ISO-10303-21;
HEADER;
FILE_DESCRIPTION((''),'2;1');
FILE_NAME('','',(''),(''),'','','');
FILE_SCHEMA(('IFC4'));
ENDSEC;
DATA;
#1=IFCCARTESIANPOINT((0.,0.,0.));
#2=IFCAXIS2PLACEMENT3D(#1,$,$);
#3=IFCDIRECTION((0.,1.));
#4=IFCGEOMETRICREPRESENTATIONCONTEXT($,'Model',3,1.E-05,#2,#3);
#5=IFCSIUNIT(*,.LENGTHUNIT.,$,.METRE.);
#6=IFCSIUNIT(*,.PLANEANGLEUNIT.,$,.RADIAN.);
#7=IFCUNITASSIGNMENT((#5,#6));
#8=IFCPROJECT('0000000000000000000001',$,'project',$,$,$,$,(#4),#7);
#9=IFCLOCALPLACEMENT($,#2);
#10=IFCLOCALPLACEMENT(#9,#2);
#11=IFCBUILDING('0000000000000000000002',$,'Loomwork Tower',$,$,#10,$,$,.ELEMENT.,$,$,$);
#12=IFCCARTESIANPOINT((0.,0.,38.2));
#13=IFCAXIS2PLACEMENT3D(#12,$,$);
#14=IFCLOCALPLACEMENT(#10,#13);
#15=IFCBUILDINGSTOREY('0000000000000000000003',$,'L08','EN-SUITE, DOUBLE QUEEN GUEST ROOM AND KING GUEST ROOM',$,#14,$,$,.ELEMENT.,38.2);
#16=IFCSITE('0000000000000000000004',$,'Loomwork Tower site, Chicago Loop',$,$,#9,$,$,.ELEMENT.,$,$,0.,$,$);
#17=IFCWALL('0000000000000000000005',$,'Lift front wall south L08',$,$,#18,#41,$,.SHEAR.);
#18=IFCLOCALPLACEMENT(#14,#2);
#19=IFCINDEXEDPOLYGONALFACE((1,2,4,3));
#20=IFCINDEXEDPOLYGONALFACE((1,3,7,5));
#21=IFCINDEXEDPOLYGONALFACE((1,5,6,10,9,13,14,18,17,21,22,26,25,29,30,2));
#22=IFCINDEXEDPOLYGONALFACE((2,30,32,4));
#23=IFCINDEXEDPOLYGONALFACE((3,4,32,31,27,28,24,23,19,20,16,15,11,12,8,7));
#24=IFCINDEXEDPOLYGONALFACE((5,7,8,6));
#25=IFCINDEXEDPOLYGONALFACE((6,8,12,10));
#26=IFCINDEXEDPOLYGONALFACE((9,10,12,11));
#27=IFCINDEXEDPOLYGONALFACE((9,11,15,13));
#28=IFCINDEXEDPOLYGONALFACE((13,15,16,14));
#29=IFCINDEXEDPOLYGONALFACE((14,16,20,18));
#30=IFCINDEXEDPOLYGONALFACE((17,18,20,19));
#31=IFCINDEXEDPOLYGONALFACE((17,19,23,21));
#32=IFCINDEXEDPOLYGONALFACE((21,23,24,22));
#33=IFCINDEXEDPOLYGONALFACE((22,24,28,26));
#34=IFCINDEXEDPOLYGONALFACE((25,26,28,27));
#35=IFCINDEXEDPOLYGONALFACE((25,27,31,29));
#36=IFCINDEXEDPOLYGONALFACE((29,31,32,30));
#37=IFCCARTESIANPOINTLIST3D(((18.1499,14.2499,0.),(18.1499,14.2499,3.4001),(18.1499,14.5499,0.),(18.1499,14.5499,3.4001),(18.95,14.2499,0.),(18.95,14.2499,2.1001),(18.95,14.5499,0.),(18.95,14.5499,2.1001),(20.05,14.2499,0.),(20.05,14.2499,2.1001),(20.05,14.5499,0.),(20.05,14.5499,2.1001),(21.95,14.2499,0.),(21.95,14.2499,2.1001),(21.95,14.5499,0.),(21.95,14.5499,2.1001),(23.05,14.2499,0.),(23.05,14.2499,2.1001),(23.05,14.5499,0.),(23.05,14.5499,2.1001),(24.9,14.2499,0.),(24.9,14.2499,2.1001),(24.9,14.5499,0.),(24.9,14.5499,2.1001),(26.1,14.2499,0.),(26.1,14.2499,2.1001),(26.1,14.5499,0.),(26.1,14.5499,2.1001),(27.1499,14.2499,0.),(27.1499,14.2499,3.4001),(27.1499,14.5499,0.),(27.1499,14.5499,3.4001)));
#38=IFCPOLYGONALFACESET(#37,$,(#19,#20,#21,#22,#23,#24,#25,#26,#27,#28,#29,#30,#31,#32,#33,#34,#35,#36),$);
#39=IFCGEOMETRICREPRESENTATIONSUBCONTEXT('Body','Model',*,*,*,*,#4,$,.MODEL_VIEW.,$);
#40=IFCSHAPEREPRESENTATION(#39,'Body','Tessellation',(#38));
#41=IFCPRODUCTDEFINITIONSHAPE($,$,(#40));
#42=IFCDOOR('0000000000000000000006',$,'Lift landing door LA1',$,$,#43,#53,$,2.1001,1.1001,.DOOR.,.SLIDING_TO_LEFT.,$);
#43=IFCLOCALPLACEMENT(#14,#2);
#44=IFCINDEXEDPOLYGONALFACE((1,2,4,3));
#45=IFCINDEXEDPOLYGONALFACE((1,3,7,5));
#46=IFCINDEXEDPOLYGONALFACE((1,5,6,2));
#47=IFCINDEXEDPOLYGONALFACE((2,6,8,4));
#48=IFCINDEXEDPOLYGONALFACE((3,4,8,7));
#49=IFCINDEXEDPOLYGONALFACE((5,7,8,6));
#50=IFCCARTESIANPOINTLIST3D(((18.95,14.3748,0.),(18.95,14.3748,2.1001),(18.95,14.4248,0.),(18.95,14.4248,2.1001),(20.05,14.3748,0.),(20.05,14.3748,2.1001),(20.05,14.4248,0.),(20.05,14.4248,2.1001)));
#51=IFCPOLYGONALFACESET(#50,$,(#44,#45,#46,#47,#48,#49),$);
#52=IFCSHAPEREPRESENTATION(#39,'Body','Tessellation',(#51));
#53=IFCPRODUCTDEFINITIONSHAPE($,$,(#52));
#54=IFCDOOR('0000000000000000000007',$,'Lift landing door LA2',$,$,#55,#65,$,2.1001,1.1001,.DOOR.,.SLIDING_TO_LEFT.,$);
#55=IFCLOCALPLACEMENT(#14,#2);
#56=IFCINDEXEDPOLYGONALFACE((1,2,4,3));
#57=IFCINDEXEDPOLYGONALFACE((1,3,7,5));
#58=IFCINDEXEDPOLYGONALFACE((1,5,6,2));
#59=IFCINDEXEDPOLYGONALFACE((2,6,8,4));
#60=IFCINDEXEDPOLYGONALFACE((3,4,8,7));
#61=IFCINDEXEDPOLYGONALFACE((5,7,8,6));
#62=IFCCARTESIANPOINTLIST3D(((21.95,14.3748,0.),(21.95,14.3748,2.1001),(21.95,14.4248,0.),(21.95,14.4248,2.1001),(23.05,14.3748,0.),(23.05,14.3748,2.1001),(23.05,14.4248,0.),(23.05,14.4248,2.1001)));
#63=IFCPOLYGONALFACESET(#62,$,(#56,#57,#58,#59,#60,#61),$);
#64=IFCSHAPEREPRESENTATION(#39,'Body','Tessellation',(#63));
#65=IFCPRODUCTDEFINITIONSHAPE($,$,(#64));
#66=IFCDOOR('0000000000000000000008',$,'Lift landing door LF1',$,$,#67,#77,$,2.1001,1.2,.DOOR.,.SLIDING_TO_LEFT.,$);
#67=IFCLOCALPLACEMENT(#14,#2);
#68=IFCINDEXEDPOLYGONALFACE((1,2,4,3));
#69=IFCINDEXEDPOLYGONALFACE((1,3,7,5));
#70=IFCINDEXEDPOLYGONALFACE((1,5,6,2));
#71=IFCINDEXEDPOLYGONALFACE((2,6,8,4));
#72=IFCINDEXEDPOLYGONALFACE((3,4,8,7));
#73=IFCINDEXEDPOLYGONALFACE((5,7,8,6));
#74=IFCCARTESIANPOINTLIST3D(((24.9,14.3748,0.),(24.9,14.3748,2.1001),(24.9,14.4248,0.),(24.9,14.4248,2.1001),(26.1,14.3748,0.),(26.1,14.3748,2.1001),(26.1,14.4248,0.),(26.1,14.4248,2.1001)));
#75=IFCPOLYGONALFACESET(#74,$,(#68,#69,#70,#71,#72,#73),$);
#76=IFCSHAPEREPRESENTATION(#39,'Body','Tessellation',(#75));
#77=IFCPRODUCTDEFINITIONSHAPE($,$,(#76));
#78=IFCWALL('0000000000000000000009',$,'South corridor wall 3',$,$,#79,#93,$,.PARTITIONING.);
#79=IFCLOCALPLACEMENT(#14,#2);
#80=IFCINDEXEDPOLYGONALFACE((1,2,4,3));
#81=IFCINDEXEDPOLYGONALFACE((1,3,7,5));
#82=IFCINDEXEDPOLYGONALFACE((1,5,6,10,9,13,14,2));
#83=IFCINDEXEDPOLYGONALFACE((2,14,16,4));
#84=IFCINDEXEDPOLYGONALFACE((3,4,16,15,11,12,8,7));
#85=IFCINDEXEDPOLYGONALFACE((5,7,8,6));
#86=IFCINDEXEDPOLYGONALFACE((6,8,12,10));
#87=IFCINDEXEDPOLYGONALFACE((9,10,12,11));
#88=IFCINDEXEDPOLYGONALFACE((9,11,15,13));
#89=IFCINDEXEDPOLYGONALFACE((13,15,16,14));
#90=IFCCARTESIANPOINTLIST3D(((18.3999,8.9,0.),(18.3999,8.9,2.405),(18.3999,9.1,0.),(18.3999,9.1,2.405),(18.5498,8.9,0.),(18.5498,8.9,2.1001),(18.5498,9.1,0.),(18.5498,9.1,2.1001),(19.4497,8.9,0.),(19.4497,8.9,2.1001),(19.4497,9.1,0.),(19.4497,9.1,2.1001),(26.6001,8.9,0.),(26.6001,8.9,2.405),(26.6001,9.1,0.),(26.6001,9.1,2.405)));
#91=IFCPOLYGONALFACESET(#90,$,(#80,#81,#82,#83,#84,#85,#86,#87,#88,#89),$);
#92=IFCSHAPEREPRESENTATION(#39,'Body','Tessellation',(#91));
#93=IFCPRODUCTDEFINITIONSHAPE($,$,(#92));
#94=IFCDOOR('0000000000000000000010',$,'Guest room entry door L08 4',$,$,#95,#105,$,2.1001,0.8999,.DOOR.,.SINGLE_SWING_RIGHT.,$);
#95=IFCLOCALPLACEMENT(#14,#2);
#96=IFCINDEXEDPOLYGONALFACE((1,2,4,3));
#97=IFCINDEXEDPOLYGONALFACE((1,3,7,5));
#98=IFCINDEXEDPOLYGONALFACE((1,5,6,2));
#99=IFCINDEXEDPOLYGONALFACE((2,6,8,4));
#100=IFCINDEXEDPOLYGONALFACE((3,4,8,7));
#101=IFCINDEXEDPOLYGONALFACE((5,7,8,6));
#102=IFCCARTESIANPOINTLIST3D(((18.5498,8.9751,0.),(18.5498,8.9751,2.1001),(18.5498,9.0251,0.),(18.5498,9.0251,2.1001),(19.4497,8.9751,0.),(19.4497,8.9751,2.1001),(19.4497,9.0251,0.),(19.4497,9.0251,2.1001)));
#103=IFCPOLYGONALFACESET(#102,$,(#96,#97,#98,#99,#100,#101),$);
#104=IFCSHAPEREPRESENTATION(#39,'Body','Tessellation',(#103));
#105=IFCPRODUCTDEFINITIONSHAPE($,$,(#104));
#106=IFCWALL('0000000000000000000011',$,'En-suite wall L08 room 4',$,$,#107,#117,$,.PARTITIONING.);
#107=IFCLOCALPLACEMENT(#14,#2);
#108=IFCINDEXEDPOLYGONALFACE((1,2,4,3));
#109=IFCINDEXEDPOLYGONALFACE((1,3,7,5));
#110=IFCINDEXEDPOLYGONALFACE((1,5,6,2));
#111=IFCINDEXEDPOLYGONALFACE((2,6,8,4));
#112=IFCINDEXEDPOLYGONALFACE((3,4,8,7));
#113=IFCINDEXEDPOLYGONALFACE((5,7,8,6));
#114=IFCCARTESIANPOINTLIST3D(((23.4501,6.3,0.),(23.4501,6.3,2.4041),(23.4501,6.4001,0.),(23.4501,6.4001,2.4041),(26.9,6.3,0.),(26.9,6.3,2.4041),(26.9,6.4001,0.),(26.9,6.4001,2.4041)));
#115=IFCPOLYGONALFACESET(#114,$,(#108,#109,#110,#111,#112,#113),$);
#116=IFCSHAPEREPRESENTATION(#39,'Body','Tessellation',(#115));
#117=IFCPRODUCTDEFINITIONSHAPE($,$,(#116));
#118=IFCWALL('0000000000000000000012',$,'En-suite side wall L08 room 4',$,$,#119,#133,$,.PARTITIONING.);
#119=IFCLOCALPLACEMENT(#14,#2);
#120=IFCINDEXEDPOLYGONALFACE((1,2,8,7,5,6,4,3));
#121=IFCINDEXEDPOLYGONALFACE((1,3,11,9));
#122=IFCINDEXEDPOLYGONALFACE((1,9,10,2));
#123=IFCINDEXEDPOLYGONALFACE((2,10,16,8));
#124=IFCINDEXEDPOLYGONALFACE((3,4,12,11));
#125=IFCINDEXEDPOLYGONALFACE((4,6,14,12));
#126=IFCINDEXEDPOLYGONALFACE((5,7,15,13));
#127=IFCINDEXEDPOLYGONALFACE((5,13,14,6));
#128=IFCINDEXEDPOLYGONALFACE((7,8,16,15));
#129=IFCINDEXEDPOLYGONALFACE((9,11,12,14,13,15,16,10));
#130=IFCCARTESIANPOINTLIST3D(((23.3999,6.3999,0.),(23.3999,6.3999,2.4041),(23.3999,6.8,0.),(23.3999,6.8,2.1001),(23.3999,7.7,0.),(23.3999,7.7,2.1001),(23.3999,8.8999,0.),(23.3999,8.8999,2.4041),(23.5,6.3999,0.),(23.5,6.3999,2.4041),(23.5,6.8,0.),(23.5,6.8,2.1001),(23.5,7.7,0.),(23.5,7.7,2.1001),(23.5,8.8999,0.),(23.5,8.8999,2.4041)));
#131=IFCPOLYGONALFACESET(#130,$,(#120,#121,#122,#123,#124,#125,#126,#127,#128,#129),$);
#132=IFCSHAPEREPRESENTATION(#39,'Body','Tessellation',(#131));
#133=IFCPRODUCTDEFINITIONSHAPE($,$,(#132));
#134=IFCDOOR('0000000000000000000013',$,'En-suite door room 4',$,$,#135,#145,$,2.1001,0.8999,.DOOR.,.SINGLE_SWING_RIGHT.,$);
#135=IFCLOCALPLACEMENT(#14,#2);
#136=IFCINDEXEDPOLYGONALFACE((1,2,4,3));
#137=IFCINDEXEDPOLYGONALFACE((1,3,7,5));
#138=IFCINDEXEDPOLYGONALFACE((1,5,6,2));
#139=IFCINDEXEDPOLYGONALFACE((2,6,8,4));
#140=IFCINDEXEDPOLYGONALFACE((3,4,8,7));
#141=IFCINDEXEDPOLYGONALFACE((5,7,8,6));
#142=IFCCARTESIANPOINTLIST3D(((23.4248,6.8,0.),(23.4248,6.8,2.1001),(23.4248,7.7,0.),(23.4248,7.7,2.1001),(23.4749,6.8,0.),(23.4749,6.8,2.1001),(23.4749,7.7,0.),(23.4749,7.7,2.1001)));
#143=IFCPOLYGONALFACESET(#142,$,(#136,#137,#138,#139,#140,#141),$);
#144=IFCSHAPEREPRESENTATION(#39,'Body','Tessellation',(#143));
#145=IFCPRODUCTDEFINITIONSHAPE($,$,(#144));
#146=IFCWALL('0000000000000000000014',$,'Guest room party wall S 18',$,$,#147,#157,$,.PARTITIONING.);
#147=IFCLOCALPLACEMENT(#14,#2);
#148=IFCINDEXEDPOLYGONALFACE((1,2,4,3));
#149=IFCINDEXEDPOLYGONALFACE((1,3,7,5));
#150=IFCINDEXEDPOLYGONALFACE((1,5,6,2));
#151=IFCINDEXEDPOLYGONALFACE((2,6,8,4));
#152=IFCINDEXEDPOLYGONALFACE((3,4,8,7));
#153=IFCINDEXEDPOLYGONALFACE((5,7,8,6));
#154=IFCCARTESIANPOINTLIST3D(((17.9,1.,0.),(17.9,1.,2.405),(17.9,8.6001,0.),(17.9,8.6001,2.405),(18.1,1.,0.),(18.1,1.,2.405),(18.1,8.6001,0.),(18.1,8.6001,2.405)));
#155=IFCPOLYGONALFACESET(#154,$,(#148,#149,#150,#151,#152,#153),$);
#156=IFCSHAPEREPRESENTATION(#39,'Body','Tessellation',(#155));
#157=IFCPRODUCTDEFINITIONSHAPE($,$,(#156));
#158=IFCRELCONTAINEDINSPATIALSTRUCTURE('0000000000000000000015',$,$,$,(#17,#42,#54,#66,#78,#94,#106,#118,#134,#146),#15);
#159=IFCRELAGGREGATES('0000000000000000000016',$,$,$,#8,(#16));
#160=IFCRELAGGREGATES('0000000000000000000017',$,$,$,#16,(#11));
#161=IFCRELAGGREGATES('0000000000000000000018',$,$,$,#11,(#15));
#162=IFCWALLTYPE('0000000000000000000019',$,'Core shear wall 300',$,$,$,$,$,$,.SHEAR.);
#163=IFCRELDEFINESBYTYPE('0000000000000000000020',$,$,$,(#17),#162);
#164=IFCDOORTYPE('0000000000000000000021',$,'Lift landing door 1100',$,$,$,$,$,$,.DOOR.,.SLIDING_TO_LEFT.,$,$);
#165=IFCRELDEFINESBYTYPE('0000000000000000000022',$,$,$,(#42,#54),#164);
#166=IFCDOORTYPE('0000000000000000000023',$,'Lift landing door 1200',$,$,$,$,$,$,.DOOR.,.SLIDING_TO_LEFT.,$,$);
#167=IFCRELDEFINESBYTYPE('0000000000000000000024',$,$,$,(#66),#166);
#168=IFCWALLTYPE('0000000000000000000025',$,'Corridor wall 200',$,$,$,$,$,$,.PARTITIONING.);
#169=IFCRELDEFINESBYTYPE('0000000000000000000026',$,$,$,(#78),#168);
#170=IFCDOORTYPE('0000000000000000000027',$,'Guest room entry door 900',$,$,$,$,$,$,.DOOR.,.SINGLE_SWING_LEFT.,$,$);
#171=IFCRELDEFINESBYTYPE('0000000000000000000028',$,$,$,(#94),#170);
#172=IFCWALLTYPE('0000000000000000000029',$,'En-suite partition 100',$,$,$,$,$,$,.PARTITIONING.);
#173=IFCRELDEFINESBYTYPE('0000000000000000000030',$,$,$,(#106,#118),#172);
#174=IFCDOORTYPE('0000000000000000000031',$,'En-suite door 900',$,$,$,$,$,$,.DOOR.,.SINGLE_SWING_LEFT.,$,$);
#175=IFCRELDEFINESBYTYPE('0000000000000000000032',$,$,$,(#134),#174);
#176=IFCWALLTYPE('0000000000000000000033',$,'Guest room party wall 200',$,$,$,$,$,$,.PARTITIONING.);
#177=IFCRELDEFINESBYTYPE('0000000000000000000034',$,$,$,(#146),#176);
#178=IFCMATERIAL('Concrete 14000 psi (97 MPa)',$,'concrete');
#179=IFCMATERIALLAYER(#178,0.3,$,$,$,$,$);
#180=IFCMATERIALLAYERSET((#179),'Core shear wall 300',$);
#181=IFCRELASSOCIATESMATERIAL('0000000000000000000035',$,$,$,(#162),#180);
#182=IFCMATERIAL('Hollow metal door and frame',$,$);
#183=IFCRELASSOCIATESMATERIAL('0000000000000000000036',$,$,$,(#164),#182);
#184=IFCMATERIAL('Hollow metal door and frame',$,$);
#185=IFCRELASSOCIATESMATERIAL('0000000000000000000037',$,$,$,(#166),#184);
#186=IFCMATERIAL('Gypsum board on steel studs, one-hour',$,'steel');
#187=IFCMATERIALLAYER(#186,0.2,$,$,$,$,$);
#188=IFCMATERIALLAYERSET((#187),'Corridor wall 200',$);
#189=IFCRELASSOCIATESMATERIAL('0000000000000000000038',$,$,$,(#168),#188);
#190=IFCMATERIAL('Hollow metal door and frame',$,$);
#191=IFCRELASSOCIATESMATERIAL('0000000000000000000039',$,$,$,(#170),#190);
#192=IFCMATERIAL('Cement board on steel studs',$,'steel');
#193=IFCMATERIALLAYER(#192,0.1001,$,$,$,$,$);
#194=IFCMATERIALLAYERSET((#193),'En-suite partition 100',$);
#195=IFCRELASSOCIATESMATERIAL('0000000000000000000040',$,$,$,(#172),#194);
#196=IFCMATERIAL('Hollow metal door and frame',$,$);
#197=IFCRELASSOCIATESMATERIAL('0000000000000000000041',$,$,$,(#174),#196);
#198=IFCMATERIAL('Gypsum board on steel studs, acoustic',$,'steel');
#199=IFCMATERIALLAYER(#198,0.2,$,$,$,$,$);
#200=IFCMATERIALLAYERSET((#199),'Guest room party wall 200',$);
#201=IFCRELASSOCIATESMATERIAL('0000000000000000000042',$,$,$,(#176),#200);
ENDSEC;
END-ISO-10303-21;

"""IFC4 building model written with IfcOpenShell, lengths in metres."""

from ifc_helpers import new_model, si_unit, direction, frame, frame_2d, origin, place, context, subcontext, project, spatial, rectangle, extrude, material, layer, layer_set, type_object, element, fill, save


model = new_model("IFC4")

# Units and contexts
model_context = context("Model", 3, precision=1e-05, world=origin(), true_north=direction((0.0, 1.0)))
body_context = subcontext(model_context, "Body", "Model", "MODEL_VIEW")
ifc_project = project(units=[si_unit("LENGTHUNIT", "METRE"), si_unit("PLANEANGLEUNIT", "RADIAN")], contexts=[model_context])

# Site, building, storey
site_placement = place(None, origin())
site = spatial("IfcSite", under=ifc_project, at=site_placement, Name="Loomwork Tower site, Chicago Loop", CompositionType="ELEMENT", RefElevation=0.0)
building_placement = place(site_placement, origin())
building = spatial("IfcBuilding", under=site, at=building_placement, Name="Loomwork Tower", CompositionType="ELEMENT")
storey_placement = place(building_placement, frame((0.0, 0.0, 38.2)))
storey = spatial("IfcBuildingStorey", under=building, at=storey_placement, Name="L08", Description="EN-SUITE, DOUBLE QUEEN GUEST ROOM AND KING GUEST ROOM", CompositionType="ELEMENT", Elevation=38.2)

# Wall, openings, doors
ifc_material_1 = material(Name="Concrete 14000 psi (97 MPa)", Category="concrete")
ifc_layer_1 = layer(ifc_material_1, 0.3)
ifc_layer_set_1 = layer_set([ifc_layer_1], Name="Core shear wall 300")
wall_type_1 = type_object("IfcWallType", Name="Core shear wall 300", PredefinedType="SHEAR", material=ifc_layer_set_1)
wall_1_placement = place(storey_placement, frame((18.1499, 14.3999, 0.0), z_axis=(0.0, 0.0, 1.0), x_axis=(1.0, 0.0, 0.0)))
wall_1 = element("IfcWall", 1, at=wall_1_placement, inside=storey, type_object=wall_type_1, Name="Lift front wall south L08", PredefinedType="SHEAR", context=body_context, shape_type="SweptSolid", body=[
    extrude(rectangle(XDim=9.0, YDim=0.3, at=frame_2d((4.5, 0.0))), origin(), (0.0, 0.0, 1.0), 3.4001),
])
opening_1_placement = place(wall_1_placement, frame((0.8, 0.0, 0.0)))
opening_1 = element("IfcOpeningElement", 2, at=opening_1_placement, cuts=wall_1, PredefinedType="OPENING", context=body_context, shape_type="SweptSolid", body=[
    extrude(rectangle(XDim=1.1001, YDim=2.1001, at=frame_2d((0.55, 1.05))), frame((0.0, 0.1599, 0.0), z_axis=(0.0, -1.0, 0.0), x_axis=(1.0, 0.0, 0.0)), (0.0, 0.0, 1.0), 0.3201),
])
opening_2_placement = place(wall_1_placement, frame((3.8, 0.0, 0.0)))
opening_2 = element("IfcOpeningElement", 3, at=opening_2_placement, cuts=wall_1, PredefinedType="OPENING", context=body_context, shape_type="SweptSolid", body=[
    extrude(rectangle(XDim=1.1001, YDim=2.1001, at=frame_2d((0.55, 1.05))), frame((0.0, 0.1599, 0.0), z_axis=(0.0, -1.0, 0.0), x_axis=(1.0, 0.0, 0.0)), (0.0, 0.0, 1.0), 0.3201),
])
opening_3_placement = place(wall_1_placement, frame((6.75, 0.0, 0.0)))
opening_3 = element("IfcOpeningElement", 4, at=opening_3_placement, cuts=wall_1, PredefinedType="OPENING", context=body_context, shape_type="SweptSolid", body=[
    extrude(rectangle(XDim=1.2, YDim=2.1001, at=frame_2d((0.6001, 1.05))), frame((0.0, 0.1599, 0.0), z_axis=(0.0, -1.0, 0.0), x_axis=(1.0, 0.0, 0.0)), (0.0, 0.0, 1.0), 0.3201),
])
ifc_material_2 = material(Name="Hollow metal door and frame")
door_type_1 = type_object("IfcDoorType", Name="Lift landing door 1100", OperationType="SLIDING_TO_LEFT", PredefinedType="DOOR", material=ifc_material_2)
door_1_placement = place(opening_1_placement, origin())
door_1 = element("IfcDoor", 5, at=door_1_placement, inside=storey, type_object=door_type_1, Name="Lift landing door LA1", OperationType="SLIDING_TO_LEFT", OverallHeight=2.1001, OverallWidth=1.1001, PredefinedType="DOOR", context=body_context, shape_type="SweptSolid", body=[
    extrude(rectangle(XDim=1.1001, YDim=2.1001, at=frame_2d((0.55, 1.05))), frame((0.0, 0.0249, 0.0), z_axis=(0.0, -1.0, 0.0), x_axis=(1.0, 0.0, 0.0)), (0.0, 0.0, 1.0), 0.05),
])
fill(opening_1, door_1)
door_2_placement = place(opening_2_placement, origin())
door_2 = element("IfcDoor", 6, at=door_2_placement, inside=storey, type_object=door_type_1, Name="Lift landing door LA2", OperationType="SLIDING_TO_LEFT", OverallHeight=2.1001, OverallWidth=1.1001, PredefinedType="DOOR", context=body_context, shape_type="SweptSolid", body=[
    extrude(rectangle(XDim=1.1001, YDim=2.1001, at=frame_2d((0.55, 1.05))), frame((0.0, 0.0249, 0.0), z_axis=(0.0, -1.0, 0.0), x_axis=(1.0, 0.0, 0.0)), (0.0, 0.0, 1.0), 0.05),
])
fill(opening_2, door_2)
ifc_material_3 = material(Name="Hollow metal door and frame")
door_type_2 = type_object("IfcDoorType", Name="Lift landing door 1200", OperationType="SLIDING_TO_LEFT", PredefinedType="DOOR", material=ifc_material_3)
door_3_placement = place(opening_3_placement, origin())
door_3 = element("IfcDoor", 7, at=door_3_placement, inside=storey, type_object=door_type_2, Name="Lift landing door LF1", OperationType="SLIDING_TO_LEFT", OverallHeight=2.1001, OverallWidth=1.2, PredefinedType="DOOR", context=body_context, shape_type="SweptSolid", body=[
    extrude(rectangle(XDim=1.2, YDim=2.1001, at=frame_2d((0.6001, 1.05))), frame((0.0, 0.0249, 0.0), z_axis=(0.0, -1.0, 0.0), x_axis=(1.0, 0.0, 0.0)), (0.0, 0.0, 1.0), 0.05),
])
fill(opening_3, door_3)

# Wall, opening, door
ifc_material_4 = material(Name="Gypsum board on steel studs, one-hour", Category="steel")
ifc_layer_2 = layer(ifc_material_4, 0.2)
ifc_layer_set_2 = layer_set([ifc_layer_2], Name="Corridor wall 200")
wall_type_2 = type_object("IfcWallType", Name="Corridor wall 200", PredefinedType="PARTITIONING", material=ifc_layer_set_2)
wall_2_placement = place(storey_placement, frame((18.3999, 9.0, 0.0), z_axis=(0.0, 0.0, 1.0), x_axis=(1.0, 0.0, 0.0)))
wall_2 = element("IfcWall", 8, at=wall_2_placement, inside=storey, type_object=wall_type_2, Name="South corridor wall 3", PredefinedType="PARTITIONING", context=body_context, shape_type="SweptSolid", body=[
    extrude(rectangle(XDim=8.2002, YDim=0.2, at=frame_2d((4.1001, 0.0))), origin(), (0.0, 0.0, 1.0), 2.405),
])
opening_4_placement = place(wall_2_placement, frame((0.1499, 0.0, 0.0)))
opening_4 = element("IfcOpeningElement", 9, at=opening_4_placement, cuts=wall_2, PredefinedType="OPENING", context=body_context, shape_type="SweptSolid", body=[
    extrude(rectangle(XDim=0.8999, YDim=2.1001, at=frame_2d((0.45, 1.05))), frame((0.0, 0.1099, 0.0), z_axis=(0.0, -1.0, 0.0), x_axis=(1.0, 0.0, 0.0)), (0.0, 0.0, 1.0), 0.22),
])
ifc_material_5 = material(Name="Hollow metal door and frame")
door_type_3 = type_object("IfcDoorType", Name="Guest room entry door 900", OperationType="SINGLE_SWING_LEFT", PredefinedType="DOOR", material=ifc_material_5)
door_4_placement = place(opening_4_placement, frame((0.8999, 0.0, 0.0), z_axis=(0.0, 0.0, 1.0), x_axis=(-1.0, 0.0, 0.0)))
door_4 = element("IfcDoor", 10, at=door_4_placement, inside=storey, type_object=door_type_3, Name="Guest room entry door L08 4", OperationType="SINGLE_SWING_RIGHT", OverallHeight=2.1001, OverallWidth=0.8999, PredefinedType="DOOR", context=body_context, shape_type="SweptSolid", body=[
    extrude(rectangle(XDim=0.8999, YDim=2.1001, at=frame_2d((0.45, 1.05))), frame((0.0, 0.0249, 0.0), z_axis=(0.0, -1.0, 0.0), x_axis=(1.0, 0.0, 0.0)), (0.0, 0.0, 1.0), 0.05),
])
fill(opening_4, door_4)

# Wall
ifc_material_6 = material(Name="Cement board on steel studs", Category="steel")
ifc_layer_3 = layer(ifc_material_6, 0.1001)
ifc_layer_set_3 = layer_set([ifc_layer_3], Name="En-suite partition 100")
wall_type_3 = type_object("IfcWallType", Name="En-suite partition 100", PredefinedType="PARTITIONING", material=ifc_layer_set_3)
wall_3_placement = place(storey_placement, frame((23.45, 6.3501, 0.0), z_axis=(0.0, 0.0, 1.0), x_axis=(1.0, 0.0, 0.0)))
element("IfcWall", 11, at=wall_3_placement, inside=storey, type_object=wall_type_3, Name="En-suite wall L08 room 4", PredefinedType="PARTITIONING", context=body_context, shape_type="SweptSolid", body=[
    extrude(rectangle(XDim=3.45, YDim=0.1001, at=frame_2d((1.7251, 0.0))), origin(), (0.0, 0.0, 1.0), 2.4041),
])

# Wall, opening, door
wall_4_placement = place(storey_placement, frame((23.45, 8.8999, 0.0), z_axis=(0.0, 0.0, 1.0), x_axis=(0.0, -1.0, 0.0)))
wall_4 = element("IfcWall", 12, at=wall_4_placement, inside=storey, type_object=wall_type_3, Name="En-suite side wall L08 room 4", PredefinedType="PARTITIONING", context=body_context, shape_type="SweptSolid", body=[
    extrude(rectangle(XDim=2.5, YDim=0.1001, at=frame_2d((1.25, 0.0))), origin(), (0.0, 0.0, 1.0), 2.4041),
])
opening_5_placement = place(wall_4_placement, frame((1.2, 0.0, 0.0)))
opening_5 = element("IfcOpeningElement", 13, at=opening_5_placement, cuts=wall_4, PredefinedType="OPENING", context=body_context, shape_type="SweptSolid", body=[
    extrude(rectangle(XDim=0.8999, YDim=2.1001, at=frame_2d((0.45, 1.05))), frame((0.0, 0.0601, 0.0), z_axis=(0.0, -1.0, 0.0), x_axis=(1.0, 0.0, 0.0)), (0.0, 0.0, 1.0), 0.1201),
])
ifc_material_7 = material(Name="Hollow metal door and frame")
door_type_4 = type_object("IfcDoorType", Name="En-suite door 900", OperationType="SINGLE_SWING_LEFT", PredefinedType="DOOR", material=ifc_material_7)
door_5_placement = place(opening_5_placement, origin())
door_5 = element("IfcDoor", 14, at=door_5_placement, inside=storey, type_object=door_type_4, Name="En-suite door room 4", OperationType="SINGLE_SWING_RIGHT", OverallHeight=2.1001, OverallWidth=0.8999, PredefinedType="DOOR", context=body_context, shape_type="SweptSolid", body=[
    extrude(rectangle(XDim=0.8999, YDim=2.1001, at=frame_2d((0.45, 1.05))), frame((0.0, 0.0249, 0.0), z_axis=(0.0, -1.0, 0.0), x_axis=(1.0, 0.0, 0.0)), (0.0, 0.0, 1.0), 0.05),
])
fill(opening_5, door_5)

# Wall
ifc_material_8 = material(Name="Gypsum board on steel studs, acoustic", Category="steel")
ifc_layer_4 = layer(ifc_material_8, 0.2)
ifc_layer_set_4 = layer_set([ifc_layer_4], Name="Guest room party wall 200")
wall_type_4 = type_object("IfcWallType", Name="Guest room party wall 200", PredefinedType="PARTITIONING", material=ifc_layer_set_4)
wall_5_placement = place(storey_placement, frame((18.0, 8.6001, 0.0), z_axis=(0.0, 0.0, 1.0), x_axis=(0.0, -1.0, 0.0)))
element("IfcWall", 15, at=wall_5_placement, inside=storey, type_object=wall_type_4, Name="Guest room party wall S 18", PredefinedType="PARTITIONING", context=body_context, shape_type="SweptSolid", body=[
    extrude(rectangle(XDim=7.6001, YDim=0.2, at=frame_2d((3.8, 0.0))), origin(), (0.0, 0.0, 1.0), 2.405),
])

save(model, "model.ifc")
